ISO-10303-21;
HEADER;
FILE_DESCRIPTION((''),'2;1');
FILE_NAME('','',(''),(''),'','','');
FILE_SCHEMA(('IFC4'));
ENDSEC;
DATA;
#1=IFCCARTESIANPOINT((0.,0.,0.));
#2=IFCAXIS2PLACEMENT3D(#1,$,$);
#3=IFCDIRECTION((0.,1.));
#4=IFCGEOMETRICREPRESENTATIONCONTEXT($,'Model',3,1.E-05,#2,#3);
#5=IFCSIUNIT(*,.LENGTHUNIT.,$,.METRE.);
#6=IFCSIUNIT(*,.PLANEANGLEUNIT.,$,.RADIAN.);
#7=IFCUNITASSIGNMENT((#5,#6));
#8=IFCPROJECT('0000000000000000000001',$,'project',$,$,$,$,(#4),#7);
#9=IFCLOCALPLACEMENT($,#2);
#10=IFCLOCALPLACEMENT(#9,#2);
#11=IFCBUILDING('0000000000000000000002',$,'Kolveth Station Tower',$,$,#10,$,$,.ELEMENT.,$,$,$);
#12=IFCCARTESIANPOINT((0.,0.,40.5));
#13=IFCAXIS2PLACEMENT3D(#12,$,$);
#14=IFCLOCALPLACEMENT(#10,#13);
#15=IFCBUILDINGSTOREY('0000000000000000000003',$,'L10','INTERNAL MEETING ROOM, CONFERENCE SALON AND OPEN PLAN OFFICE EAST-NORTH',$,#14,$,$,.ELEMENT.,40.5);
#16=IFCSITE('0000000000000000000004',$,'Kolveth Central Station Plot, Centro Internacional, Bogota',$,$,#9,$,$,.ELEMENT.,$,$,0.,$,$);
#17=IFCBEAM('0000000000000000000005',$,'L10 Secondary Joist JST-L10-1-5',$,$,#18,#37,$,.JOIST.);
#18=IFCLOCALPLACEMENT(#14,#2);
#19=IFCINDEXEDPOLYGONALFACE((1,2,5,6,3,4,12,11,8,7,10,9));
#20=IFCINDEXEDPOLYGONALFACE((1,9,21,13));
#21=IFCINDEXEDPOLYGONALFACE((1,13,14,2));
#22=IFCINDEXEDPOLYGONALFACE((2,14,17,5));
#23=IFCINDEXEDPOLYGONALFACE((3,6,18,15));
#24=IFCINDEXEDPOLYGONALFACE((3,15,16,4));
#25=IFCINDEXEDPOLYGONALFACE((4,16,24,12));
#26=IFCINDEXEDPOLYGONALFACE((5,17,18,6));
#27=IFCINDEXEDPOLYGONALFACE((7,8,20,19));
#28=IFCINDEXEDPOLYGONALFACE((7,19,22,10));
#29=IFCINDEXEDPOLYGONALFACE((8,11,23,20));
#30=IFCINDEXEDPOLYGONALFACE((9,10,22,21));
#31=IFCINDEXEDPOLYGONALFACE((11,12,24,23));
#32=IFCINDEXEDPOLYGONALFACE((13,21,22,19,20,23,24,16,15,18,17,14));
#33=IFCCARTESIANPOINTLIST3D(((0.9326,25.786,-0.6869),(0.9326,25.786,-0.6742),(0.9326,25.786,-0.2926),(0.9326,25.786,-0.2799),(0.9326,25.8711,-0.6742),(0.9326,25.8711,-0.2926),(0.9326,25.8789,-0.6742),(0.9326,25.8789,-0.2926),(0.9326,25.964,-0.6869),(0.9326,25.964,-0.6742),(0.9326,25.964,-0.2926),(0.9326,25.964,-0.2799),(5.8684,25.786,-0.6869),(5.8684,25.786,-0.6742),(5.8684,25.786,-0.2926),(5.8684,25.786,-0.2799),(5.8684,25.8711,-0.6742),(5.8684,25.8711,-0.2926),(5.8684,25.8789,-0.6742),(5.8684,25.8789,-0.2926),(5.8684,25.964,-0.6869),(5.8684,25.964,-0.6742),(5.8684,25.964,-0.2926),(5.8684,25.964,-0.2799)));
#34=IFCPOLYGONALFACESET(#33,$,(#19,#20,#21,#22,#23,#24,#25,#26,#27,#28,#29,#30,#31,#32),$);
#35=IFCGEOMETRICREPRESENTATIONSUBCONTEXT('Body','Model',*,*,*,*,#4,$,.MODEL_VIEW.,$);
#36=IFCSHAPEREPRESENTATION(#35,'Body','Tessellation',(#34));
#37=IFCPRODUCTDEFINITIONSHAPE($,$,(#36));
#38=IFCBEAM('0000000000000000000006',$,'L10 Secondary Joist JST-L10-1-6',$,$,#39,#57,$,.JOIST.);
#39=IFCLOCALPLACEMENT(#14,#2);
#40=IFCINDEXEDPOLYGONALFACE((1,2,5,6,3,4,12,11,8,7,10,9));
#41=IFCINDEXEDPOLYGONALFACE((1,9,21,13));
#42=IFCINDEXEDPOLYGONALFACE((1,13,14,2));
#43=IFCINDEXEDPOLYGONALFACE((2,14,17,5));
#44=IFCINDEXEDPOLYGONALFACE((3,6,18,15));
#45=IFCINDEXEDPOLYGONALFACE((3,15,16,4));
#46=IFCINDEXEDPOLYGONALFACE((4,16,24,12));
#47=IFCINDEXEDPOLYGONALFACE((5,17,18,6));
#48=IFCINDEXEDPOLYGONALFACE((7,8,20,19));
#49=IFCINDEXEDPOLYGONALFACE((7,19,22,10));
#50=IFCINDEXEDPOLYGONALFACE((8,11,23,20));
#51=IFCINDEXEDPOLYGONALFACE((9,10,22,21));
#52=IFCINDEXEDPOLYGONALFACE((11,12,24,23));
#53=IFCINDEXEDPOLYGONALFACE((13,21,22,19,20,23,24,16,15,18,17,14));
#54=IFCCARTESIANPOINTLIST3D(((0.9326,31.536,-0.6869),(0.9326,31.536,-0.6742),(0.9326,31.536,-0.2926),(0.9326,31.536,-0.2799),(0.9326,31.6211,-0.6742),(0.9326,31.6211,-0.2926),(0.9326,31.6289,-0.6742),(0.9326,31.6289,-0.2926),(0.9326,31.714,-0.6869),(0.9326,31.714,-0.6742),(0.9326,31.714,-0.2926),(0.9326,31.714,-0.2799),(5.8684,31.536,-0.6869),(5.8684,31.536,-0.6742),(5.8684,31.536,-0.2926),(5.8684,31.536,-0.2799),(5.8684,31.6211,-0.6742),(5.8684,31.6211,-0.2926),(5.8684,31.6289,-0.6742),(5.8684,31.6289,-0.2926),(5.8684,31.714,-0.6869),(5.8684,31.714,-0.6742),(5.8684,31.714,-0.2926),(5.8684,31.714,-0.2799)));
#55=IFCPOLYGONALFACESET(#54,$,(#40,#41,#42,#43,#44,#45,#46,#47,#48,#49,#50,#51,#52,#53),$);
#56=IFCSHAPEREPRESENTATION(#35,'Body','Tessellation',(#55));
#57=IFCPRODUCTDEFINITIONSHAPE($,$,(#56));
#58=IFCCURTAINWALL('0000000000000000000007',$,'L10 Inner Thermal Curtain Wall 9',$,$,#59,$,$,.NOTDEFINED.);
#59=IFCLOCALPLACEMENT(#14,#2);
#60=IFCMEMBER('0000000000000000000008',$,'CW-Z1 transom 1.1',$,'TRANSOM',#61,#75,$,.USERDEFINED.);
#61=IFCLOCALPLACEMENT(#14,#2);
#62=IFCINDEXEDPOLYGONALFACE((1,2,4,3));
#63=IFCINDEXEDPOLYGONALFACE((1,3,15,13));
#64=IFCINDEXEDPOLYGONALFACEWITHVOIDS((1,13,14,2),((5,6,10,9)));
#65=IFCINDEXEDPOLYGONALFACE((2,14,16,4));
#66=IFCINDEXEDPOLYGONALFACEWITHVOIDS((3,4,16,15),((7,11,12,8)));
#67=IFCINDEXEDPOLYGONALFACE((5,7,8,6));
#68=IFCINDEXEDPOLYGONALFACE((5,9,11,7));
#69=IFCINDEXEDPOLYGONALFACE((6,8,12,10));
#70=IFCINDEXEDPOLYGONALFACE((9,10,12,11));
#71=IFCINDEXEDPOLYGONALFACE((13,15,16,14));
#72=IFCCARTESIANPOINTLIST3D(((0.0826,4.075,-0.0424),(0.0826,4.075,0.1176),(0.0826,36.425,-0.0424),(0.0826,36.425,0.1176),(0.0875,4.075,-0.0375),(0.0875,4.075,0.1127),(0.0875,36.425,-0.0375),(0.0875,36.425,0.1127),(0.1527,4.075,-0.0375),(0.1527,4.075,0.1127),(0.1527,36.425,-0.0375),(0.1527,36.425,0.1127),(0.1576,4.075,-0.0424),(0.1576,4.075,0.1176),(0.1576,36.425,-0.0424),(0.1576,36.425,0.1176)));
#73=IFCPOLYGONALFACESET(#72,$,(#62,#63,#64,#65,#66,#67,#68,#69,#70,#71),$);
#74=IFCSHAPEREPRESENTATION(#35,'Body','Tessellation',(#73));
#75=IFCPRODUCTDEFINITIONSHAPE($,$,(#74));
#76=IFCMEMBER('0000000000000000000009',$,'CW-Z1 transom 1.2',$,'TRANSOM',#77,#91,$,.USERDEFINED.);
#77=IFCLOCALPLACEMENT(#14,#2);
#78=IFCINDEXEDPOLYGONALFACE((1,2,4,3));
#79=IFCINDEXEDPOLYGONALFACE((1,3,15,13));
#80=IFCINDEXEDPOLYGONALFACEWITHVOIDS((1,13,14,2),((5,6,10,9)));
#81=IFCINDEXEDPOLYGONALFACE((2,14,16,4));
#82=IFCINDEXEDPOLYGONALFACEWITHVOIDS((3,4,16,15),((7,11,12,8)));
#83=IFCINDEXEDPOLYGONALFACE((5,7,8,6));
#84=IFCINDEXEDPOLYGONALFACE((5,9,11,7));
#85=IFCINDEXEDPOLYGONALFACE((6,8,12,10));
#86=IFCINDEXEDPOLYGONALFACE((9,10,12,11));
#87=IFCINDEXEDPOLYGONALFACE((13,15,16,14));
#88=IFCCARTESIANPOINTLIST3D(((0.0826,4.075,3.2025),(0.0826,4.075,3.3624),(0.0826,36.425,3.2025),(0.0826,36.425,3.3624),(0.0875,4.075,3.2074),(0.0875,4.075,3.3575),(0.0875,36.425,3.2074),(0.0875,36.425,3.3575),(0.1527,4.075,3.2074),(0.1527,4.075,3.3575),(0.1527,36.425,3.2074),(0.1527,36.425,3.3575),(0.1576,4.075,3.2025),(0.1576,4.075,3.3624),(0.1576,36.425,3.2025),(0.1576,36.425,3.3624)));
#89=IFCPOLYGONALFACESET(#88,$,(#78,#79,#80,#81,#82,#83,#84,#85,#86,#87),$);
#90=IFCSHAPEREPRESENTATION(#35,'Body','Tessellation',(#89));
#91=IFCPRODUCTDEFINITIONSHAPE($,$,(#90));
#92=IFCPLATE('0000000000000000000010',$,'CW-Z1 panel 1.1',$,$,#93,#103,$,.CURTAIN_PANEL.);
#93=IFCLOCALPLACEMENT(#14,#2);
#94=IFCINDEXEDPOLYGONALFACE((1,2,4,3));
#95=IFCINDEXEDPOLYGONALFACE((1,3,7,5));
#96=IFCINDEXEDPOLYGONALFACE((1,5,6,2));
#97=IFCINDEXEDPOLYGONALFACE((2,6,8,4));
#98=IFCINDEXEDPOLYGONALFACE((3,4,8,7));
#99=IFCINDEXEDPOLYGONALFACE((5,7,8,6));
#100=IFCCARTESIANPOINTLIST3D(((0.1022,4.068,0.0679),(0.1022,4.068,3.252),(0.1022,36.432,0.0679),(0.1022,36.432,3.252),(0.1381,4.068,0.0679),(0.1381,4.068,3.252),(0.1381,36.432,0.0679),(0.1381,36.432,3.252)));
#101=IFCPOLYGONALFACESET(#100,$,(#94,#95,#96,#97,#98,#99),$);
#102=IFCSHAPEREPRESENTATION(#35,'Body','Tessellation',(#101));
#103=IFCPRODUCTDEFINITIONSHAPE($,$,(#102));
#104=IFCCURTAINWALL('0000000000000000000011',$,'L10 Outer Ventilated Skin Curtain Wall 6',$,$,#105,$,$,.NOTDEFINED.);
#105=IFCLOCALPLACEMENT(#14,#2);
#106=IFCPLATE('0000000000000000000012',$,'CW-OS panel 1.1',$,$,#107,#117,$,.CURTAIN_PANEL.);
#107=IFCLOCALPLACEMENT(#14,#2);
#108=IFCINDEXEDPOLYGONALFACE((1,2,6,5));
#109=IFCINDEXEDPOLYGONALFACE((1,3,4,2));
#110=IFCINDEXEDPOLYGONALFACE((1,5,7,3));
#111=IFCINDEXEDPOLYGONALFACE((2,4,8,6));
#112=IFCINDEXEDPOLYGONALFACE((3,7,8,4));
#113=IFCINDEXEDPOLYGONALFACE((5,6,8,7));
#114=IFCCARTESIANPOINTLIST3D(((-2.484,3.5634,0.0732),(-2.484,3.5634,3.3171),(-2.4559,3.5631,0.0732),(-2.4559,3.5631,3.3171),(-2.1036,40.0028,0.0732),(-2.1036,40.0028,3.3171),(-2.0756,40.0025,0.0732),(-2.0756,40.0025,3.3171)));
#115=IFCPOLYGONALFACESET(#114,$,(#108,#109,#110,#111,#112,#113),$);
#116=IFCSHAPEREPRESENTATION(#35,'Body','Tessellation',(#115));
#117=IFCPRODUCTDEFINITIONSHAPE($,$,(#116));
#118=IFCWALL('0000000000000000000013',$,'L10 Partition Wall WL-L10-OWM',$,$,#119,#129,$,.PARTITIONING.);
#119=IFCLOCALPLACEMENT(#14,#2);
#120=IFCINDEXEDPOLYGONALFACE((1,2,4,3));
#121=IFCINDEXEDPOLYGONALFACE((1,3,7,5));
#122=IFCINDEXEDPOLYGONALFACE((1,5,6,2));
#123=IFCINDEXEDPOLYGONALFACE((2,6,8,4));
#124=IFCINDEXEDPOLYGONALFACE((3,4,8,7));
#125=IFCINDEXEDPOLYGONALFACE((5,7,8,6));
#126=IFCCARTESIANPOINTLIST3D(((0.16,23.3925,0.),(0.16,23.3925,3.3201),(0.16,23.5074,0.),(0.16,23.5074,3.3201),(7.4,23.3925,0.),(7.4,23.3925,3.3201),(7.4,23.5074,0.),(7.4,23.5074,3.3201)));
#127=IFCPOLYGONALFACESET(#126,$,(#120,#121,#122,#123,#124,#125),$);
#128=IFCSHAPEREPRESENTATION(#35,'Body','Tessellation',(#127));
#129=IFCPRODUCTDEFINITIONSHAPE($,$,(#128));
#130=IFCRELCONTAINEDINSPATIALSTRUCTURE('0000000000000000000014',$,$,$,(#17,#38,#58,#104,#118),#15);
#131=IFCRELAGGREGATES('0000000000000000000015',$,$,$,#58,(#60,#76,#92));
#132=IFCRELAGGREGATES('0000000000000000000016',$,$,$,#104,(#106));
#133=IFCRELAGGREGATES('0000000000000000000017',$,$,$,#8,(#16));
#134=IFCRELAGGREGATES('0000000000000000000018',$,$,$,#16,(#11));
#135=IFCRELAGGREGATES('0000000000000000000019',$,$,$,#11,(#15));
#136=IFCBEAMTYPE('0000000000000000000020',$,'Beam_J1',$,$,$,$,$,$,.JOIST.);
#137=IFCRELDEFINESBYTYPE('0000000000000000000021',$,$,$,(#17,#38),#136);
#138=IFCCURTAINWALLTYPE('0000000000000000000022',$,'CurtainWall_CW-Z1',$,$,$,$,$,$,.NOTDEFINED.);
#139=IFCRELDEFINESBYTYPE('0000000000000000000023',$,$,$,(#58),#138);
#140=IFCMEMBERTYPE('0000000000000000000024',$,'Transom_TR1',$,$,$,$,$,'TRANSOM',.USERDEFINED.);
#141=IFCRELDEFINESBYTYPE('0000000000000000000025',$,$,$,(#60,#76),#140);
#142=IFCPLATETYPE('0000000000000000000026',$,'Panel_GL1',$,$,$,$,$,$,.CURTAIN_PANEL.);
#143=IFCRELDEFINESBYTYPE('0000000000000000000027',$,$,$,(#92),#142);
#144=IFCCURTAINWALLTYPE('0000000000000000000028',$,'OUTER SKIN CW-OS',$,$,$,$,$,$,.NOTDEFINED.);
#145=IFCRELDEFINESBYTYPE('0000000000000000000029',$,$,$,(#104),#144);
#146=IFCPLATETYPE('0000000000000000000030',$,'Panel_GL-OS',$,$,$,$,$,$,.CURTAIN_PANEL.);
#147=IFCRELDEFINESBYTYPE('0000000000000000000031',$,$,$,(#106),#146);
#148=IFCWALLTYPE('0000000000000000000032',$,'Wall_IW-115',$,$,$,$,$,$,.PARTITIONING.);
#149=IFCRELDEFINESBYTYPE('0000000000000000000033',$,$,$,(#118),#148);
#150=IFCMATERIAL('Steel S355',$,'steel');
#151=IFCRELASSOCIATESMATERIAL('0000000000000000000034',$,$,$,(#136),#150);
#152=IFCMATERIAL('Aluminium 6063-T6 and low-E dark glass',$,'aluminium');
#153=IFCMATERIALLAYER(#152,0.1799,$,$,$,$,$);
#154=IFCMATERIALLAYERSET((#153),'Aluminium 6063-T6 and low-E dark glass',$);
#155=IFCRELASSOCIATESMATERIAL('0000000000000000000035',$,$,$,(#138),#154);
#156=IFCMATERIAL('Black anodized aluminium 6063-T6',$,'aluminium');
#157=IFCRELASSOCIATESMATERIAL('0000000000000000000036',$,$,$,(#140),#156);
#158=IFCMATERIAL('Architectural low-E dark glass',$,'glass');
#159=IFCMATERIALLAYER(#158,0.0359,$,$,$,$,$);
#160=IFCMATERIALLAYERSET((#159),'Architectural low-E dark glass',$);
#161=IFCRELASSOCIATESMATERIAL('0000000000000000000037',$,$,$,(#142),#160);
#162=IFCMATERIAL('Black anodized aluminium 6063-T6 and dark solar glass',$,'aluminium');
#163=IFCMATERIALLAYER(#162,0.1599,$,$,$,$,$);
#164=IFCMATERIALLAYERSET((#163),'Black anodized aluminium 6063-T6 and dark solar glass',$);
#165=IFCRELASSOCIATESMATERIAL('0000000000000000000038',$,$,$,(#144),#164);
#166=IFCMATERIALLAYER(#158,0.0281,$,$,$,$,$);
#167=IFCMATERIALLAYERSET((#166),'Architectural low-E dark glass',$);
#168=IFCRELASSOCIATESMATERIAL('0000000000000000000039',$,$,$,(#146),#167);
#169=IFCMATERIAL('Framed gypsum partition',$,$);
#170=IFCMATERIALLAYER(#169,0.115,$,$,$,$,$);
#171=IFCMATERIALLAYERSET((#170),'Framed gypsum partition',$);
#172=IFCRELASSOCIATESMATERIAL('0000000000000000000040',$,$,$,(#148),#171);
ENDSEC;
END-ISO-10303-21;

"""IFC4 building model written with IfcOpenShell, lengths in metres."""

from ifc_helpers import new_model, si_unit, direction, frame, frame_2d, origin, origin_2d, place, context, subcontext, project, spatial, rectangle, hollow_rectangle, i_section, extrude, source, transform, mapped, material, layer, layer_set, material_profile, profile_set, type_object, element, aggregate, save


model = new_model("IFC4")

# Units and contexts
model_context = context("Model", 3, precision=1e-05, world=origin(), true_north=direction((0.0, 1.0)))
body_context = subcontext(model_context, "Body", "Model", "MODEL_VIEW")
ifc_project = project(units=[si_unit("LENGTHUNIT", "METRE"), si_unit("PLANEANGLEUNIT", "RADIAN")], contexts=[model_context])

# Site, building, storey
site_placement = place(None, origin())
site = spatial("IfcSite", under=ifc_project, at=site_placement, Name="Kolveth Central Station Plot, Centro Internacional, Bogota", CompositionType="ELEMENT", RefElevation=0.0)
building_placement = place(site_placement, origin())
building = spatial("IfcBuilding", under=site, at=building_placement, Name="Kolveth Station Tower", CompositionType="ELEMENT")
storey_placement = place(building_placement, frame((0.0, 0.0, 40.5)))
storey = spatial("IfcBuildingStorey", under=building, at=storey_placement, Name="L10", Description="INTERNAL MEETING ROOM, CONFERENCE SALON AND OPEN PLAN OFFICE EAST-NORTH", CompositionType="ELEMENT", Elevation=40.5)

# Shared definitions
ifc_material_1 = material(Name="Steel S355", Category="steel")

# Beams
ifc_material_profile_1 = material_profile(ifc_material_1, i_section(OverallWidth=0.178, OverallDepth=0.407, WebThickness=0.0078, FlangeThickness=0.0127, at=origin_2d()), Name="W410x60")
ifc_profile_set_1 = profile_set([ifc_material_profile_1], Name="Steel S355")
beam_type_1 = type_object("IfcBeamType", Name="Beam_J1", PredefinedType="JOIST", material=ifc_profile_set_1)
shared_shape_1 = source(origin(), body_context, "Body", "SweptSolid", [
    extrude(i_section(OverallWidth=0.178, OverallDepth=0.407, WebThickness=0.0078, FlangeThickness=0.0127, at=origin_2d()), origin(), (0.0, 0.0, 1.0), 4.9358),
])
for number, where, z_axis, x_axis, name in (
    (1, (0.9326, 25.875, -0.4834), (1.0, 0.0, 0.0), (0.0, 1.0, 0.0), "L10 Secondary Joist JST-L10-1-5"),
    (2, (0.9326, 31.625, -0.4834), (1.0, 0.0, 0.0), (0.0, 1.0, 0.0), "L10 Secondary Joist JST-L10-1-6"),
):
    element("IfcBeam", number, at=place(storey_placement, frame(where, z_axis=z_axis, x_axis=x_axis)), inside=storey, type_object=beam_type_1, Name=name, PredefinedType="JOIST", context=body_context, shape_type="MappedRepresentation", body=[
        mapped(shared_shape_1, transform((0.0, 0.0, 0.0), x_axis=(1.0, 0.0, 0.0), y_axis=(0.0, 1.0, 0.0), z_axis=(0.0, 0.0, 1.0), scale=1.0)),
    ])

# Curtain wall, members, plate
ifc_material_2 = material(Name="Aluminium 6063-T6 and low-E dark glass", Category="aluminium")
ifc_layer_1 = layer(ifc_material_2, 0.1799)
ifc_layer_set_1 = layer_set([ifc_layer_1], Name="Aluminium 6063-T6 and low-E dark glass")
curtain_wall_type_1 = type_object("IfcCurtainWallType", Name="CurtainWall_CW-Z1", PredefinedType="NOTDEFINED", material=ifc_layer_set_1)
curtain_wall_1_placement = place(storey_placement, origin())
curtain_wall_1 = element("IfcCurtainWall", 3, at=curtain_wall_1_placement, inside=storey, type_object=curtain_wall_type_1, Name="L10 Inner Thermal Curtain Wall 9", PredefinedType="NOTDEFINED")
ifc_material_3 = material(Name="Black anodized aluminium 6063-T6", Category="aluminium")
ifc_material_profile_2 = material_profile(ifc_material_3, hollow_rectangle(XDim=0.075, YDim=0.1599, WallThickness=0.0049, at=origin_2d()), Name="ALU-75x160x5")
ifc_profile_set_2 = profile_set([ifc_material_profile_2], Name="Black anodized aluminium 6063-T6")
member_type = type_object("IfcMemberType", Name="Transom_TR1", ElementType="TRANSOM", PredefinedType="USERDEFINED", material=ifc_profile_set_2)
shared_shape_2 = source(origin(), body_context, "Body", "SweptSolid", [
    extrude(hollow_rectangle(XDim=0.075, YDim=0.1599, WallThickness=0.0049, at=origin_2d()), origin(), (0.0, 0.0, 1.0), 32.3501),
])
member_1_placement = place(storey_placement, frame((0.1201, 36.425, 0.0376), z_axis=(0.0, -1.0, 0.0), x_axis=(1.0, 0.0, 0.0)))
member_1 = element("IfcMember", 4, at=member_1_placement, type_object=member_type, Name="CW-Z1 transom 1.1", ObjectType="TRANSOM", PredefinedType="USERDEFINED", context=body_context, shape_type="MappedRepresentation", body=[
    mapped(shared_shape_2, transform((0.0, 0.0, 0.0), x_axis=(1.0, 0.0, 0.0), y_axis=(0.0, 1.0, 0.0), z_axis=(0.0, 0.0, 1.0), scale=1.0)),
])
member_2_placement = place(storey_placement, frame((0.1201, 36.425, 3.2825), z_axis=(0.0, -1.0, 0.0), x_axis=(1.0, 0.0, 0.0)))
member_2 = element("IfcMember", 5, at=member_2_placement, type_object=member_type, Name="CW-Z1 transom 1.2", ObjectType="TRANSOM", PredefinedType="USERDEFINED", context=body_context, shape_type="MappedRepresentation", body=[
    mapped(shared_shape_2, transform((0.0, 0.0, 0.0), x_axis=(1.0, 0.0, 0.0), y_axis=(0.0, 1.0, 0.0), z_axis=(0.0, 0.0, 1.0), scale=1.0)),
])
ifc_material_4 = material(Name="Architectural low-E dark glass", Category="glass")
ifc_layer_2 = layer(ifc_material_4, 0.0359)
ifc_layer_set_2 = layer_set([ifc_layer_2], Name="Architectural low-E dark glass")
plate_type_1 = type_object("IfcPlateType", Name="Panel_GL1", PredefinedType="CURTAIN_PANEL", material=ifc_layer_set_2)
shared_shape_3 = source(origin(), body_context, "Body", "SweptSolid", [
    extrude(rectangle(XDim=32.364, YDim=0.0359, at=origin_2d()), origin(), (0.0, 0.0, 1.0), 3.1841),
])
plate_1_placement = place(storey_placement, frame((0.1201, 20.25, 0.0679), z_axis=(0.0, 0.0, 1.0), x_axis=(0.0, -1.0, 0.0)))
plate_1 = element("IfcPlate", 6, at=plate_1_placement, type_object=plate_type_1, Name="CW-Z1 panel 1.1", PredefinedType="CURTAIN_PANEL", context=body_context, shape_type="MappedRepresentation", body=[
    mapped(shared_shape_3, transform((0.0, 0.0, 0.0), x_axis=(1.0, 0.0, 0.0), y_axis=(0.0, 1.0, 0.0), z_axis=(0.0, 0.0, 1.0), scale=1.0)),
])
aggregate(curtain_wall_1, [member_1, member_2, plate_1])

# Curtain wall, plate
ifc_material_5 = material(Name="Black anodized aluminium 6063-T6 and dark solar glass", Category="aluminium")
ifc_layer_3 = layer(ifc_material_5, 0.1599)
ifc_layer_set_3 = layer_set([ifc_layer_3], Name="Black anodized aluminium 6063-T6 and dark solar glass")
curtain_wall_type_2 = type_object("IfcCurtainWallType", Name="OUTER SKIN CW-OS", PredefinedType="NOTDEFINED", material=ifc_layer_set_3)
curtain_wall_2_placement = place(storey_placement, origin())
curtain_wall_2 = element("IfcCurtainWall", 7, at=curtain_wall_2_placement, inside=storey, type_object=curtain_wall_type_2, Name="L10 Outer Ventilated Skin Curtain Wall 6", PredefinedType="NOTDEFINED")
ifc_layer_4 = layer(ifc_material_4, 0.0281)
ifc_layer_set_4 = layer_set([ifc_layer_4], Name="Architectural low-E dark glass")
plate_type_2 = type_object("IfcPlateType", Name="Panel_GL-OS", PredefinedType="CURTAIN_PANEL", material=ifc_layer_set_4)
shared_shape_4 = source(origin(), body_context, "Body", "SweptSolid", [
    extrude(rectangle(XDim=36.4414, YDim=0.0281, at=origin_2d()), origin(), (0.0, 0.0, 1.0), 3.2439),
])
plate_2_placement = place(storey_placement, frame((-2.2798, 21.783, 0.0732), z_axis=(0.0, 0.0, 1.0), x_axis=(-0.010438, -0.999946, 0.0)))
plate_2 = element("IfcPlate", 8, at=plate_2_placement, type_object=plate_type_2, Name="CW-OS panel 1.1", PredefinedType="CURTAIN_PANEL", context=body_context, shape_type="MappedRepresentation", body=[
    mapped(shared_shape_4, transform((0.0, 0.0, 0.0), x_axis=(1.0, 0.0, 0.0), y_axis=(0.0, 1.0, 0.0), z_axis=(0.0, 0.0, 1.0), scale=1.0)),
])
aggregate(curtain_wall_2, [plate_2])

# Wall
ifc_material_6 = material(Name="Framed gypsum partition")
ifc_layer_5 = layer(ifc_material_6, 0.115)
ifc_layer_set_5 = layer_set([ifc_layer_5], Name="Framed gypsum partition")
wall_type = type_object("IfcWallType", Name="Wall_IW-115", PredefinedType="PARTITIONING", material=ifc_layer_set_5)
wall_placement = place(storey_placement, frame((0.1599, 23.45, 0.0), z_axis=(0.0, 0.0, 1.0), x_axis=(1.0, 0.0, 0.0)))
element("IfcWall", 9, at=wall_placement, inside=storey, type_object=wall_type, Name="L10 Partition Wall WL-L10-OWM", PredefinedType="PARTITIONING", context=body_context, shape_type="SweptSolid", body=[
    extrude(rectangle(XDim=7.24, YDim=0.115, at=frame_2d((3.6201, 0.0))), origin(), (0.0, 0.0, 1.0), 3.3201),
])

save(model, "model.ifc")
